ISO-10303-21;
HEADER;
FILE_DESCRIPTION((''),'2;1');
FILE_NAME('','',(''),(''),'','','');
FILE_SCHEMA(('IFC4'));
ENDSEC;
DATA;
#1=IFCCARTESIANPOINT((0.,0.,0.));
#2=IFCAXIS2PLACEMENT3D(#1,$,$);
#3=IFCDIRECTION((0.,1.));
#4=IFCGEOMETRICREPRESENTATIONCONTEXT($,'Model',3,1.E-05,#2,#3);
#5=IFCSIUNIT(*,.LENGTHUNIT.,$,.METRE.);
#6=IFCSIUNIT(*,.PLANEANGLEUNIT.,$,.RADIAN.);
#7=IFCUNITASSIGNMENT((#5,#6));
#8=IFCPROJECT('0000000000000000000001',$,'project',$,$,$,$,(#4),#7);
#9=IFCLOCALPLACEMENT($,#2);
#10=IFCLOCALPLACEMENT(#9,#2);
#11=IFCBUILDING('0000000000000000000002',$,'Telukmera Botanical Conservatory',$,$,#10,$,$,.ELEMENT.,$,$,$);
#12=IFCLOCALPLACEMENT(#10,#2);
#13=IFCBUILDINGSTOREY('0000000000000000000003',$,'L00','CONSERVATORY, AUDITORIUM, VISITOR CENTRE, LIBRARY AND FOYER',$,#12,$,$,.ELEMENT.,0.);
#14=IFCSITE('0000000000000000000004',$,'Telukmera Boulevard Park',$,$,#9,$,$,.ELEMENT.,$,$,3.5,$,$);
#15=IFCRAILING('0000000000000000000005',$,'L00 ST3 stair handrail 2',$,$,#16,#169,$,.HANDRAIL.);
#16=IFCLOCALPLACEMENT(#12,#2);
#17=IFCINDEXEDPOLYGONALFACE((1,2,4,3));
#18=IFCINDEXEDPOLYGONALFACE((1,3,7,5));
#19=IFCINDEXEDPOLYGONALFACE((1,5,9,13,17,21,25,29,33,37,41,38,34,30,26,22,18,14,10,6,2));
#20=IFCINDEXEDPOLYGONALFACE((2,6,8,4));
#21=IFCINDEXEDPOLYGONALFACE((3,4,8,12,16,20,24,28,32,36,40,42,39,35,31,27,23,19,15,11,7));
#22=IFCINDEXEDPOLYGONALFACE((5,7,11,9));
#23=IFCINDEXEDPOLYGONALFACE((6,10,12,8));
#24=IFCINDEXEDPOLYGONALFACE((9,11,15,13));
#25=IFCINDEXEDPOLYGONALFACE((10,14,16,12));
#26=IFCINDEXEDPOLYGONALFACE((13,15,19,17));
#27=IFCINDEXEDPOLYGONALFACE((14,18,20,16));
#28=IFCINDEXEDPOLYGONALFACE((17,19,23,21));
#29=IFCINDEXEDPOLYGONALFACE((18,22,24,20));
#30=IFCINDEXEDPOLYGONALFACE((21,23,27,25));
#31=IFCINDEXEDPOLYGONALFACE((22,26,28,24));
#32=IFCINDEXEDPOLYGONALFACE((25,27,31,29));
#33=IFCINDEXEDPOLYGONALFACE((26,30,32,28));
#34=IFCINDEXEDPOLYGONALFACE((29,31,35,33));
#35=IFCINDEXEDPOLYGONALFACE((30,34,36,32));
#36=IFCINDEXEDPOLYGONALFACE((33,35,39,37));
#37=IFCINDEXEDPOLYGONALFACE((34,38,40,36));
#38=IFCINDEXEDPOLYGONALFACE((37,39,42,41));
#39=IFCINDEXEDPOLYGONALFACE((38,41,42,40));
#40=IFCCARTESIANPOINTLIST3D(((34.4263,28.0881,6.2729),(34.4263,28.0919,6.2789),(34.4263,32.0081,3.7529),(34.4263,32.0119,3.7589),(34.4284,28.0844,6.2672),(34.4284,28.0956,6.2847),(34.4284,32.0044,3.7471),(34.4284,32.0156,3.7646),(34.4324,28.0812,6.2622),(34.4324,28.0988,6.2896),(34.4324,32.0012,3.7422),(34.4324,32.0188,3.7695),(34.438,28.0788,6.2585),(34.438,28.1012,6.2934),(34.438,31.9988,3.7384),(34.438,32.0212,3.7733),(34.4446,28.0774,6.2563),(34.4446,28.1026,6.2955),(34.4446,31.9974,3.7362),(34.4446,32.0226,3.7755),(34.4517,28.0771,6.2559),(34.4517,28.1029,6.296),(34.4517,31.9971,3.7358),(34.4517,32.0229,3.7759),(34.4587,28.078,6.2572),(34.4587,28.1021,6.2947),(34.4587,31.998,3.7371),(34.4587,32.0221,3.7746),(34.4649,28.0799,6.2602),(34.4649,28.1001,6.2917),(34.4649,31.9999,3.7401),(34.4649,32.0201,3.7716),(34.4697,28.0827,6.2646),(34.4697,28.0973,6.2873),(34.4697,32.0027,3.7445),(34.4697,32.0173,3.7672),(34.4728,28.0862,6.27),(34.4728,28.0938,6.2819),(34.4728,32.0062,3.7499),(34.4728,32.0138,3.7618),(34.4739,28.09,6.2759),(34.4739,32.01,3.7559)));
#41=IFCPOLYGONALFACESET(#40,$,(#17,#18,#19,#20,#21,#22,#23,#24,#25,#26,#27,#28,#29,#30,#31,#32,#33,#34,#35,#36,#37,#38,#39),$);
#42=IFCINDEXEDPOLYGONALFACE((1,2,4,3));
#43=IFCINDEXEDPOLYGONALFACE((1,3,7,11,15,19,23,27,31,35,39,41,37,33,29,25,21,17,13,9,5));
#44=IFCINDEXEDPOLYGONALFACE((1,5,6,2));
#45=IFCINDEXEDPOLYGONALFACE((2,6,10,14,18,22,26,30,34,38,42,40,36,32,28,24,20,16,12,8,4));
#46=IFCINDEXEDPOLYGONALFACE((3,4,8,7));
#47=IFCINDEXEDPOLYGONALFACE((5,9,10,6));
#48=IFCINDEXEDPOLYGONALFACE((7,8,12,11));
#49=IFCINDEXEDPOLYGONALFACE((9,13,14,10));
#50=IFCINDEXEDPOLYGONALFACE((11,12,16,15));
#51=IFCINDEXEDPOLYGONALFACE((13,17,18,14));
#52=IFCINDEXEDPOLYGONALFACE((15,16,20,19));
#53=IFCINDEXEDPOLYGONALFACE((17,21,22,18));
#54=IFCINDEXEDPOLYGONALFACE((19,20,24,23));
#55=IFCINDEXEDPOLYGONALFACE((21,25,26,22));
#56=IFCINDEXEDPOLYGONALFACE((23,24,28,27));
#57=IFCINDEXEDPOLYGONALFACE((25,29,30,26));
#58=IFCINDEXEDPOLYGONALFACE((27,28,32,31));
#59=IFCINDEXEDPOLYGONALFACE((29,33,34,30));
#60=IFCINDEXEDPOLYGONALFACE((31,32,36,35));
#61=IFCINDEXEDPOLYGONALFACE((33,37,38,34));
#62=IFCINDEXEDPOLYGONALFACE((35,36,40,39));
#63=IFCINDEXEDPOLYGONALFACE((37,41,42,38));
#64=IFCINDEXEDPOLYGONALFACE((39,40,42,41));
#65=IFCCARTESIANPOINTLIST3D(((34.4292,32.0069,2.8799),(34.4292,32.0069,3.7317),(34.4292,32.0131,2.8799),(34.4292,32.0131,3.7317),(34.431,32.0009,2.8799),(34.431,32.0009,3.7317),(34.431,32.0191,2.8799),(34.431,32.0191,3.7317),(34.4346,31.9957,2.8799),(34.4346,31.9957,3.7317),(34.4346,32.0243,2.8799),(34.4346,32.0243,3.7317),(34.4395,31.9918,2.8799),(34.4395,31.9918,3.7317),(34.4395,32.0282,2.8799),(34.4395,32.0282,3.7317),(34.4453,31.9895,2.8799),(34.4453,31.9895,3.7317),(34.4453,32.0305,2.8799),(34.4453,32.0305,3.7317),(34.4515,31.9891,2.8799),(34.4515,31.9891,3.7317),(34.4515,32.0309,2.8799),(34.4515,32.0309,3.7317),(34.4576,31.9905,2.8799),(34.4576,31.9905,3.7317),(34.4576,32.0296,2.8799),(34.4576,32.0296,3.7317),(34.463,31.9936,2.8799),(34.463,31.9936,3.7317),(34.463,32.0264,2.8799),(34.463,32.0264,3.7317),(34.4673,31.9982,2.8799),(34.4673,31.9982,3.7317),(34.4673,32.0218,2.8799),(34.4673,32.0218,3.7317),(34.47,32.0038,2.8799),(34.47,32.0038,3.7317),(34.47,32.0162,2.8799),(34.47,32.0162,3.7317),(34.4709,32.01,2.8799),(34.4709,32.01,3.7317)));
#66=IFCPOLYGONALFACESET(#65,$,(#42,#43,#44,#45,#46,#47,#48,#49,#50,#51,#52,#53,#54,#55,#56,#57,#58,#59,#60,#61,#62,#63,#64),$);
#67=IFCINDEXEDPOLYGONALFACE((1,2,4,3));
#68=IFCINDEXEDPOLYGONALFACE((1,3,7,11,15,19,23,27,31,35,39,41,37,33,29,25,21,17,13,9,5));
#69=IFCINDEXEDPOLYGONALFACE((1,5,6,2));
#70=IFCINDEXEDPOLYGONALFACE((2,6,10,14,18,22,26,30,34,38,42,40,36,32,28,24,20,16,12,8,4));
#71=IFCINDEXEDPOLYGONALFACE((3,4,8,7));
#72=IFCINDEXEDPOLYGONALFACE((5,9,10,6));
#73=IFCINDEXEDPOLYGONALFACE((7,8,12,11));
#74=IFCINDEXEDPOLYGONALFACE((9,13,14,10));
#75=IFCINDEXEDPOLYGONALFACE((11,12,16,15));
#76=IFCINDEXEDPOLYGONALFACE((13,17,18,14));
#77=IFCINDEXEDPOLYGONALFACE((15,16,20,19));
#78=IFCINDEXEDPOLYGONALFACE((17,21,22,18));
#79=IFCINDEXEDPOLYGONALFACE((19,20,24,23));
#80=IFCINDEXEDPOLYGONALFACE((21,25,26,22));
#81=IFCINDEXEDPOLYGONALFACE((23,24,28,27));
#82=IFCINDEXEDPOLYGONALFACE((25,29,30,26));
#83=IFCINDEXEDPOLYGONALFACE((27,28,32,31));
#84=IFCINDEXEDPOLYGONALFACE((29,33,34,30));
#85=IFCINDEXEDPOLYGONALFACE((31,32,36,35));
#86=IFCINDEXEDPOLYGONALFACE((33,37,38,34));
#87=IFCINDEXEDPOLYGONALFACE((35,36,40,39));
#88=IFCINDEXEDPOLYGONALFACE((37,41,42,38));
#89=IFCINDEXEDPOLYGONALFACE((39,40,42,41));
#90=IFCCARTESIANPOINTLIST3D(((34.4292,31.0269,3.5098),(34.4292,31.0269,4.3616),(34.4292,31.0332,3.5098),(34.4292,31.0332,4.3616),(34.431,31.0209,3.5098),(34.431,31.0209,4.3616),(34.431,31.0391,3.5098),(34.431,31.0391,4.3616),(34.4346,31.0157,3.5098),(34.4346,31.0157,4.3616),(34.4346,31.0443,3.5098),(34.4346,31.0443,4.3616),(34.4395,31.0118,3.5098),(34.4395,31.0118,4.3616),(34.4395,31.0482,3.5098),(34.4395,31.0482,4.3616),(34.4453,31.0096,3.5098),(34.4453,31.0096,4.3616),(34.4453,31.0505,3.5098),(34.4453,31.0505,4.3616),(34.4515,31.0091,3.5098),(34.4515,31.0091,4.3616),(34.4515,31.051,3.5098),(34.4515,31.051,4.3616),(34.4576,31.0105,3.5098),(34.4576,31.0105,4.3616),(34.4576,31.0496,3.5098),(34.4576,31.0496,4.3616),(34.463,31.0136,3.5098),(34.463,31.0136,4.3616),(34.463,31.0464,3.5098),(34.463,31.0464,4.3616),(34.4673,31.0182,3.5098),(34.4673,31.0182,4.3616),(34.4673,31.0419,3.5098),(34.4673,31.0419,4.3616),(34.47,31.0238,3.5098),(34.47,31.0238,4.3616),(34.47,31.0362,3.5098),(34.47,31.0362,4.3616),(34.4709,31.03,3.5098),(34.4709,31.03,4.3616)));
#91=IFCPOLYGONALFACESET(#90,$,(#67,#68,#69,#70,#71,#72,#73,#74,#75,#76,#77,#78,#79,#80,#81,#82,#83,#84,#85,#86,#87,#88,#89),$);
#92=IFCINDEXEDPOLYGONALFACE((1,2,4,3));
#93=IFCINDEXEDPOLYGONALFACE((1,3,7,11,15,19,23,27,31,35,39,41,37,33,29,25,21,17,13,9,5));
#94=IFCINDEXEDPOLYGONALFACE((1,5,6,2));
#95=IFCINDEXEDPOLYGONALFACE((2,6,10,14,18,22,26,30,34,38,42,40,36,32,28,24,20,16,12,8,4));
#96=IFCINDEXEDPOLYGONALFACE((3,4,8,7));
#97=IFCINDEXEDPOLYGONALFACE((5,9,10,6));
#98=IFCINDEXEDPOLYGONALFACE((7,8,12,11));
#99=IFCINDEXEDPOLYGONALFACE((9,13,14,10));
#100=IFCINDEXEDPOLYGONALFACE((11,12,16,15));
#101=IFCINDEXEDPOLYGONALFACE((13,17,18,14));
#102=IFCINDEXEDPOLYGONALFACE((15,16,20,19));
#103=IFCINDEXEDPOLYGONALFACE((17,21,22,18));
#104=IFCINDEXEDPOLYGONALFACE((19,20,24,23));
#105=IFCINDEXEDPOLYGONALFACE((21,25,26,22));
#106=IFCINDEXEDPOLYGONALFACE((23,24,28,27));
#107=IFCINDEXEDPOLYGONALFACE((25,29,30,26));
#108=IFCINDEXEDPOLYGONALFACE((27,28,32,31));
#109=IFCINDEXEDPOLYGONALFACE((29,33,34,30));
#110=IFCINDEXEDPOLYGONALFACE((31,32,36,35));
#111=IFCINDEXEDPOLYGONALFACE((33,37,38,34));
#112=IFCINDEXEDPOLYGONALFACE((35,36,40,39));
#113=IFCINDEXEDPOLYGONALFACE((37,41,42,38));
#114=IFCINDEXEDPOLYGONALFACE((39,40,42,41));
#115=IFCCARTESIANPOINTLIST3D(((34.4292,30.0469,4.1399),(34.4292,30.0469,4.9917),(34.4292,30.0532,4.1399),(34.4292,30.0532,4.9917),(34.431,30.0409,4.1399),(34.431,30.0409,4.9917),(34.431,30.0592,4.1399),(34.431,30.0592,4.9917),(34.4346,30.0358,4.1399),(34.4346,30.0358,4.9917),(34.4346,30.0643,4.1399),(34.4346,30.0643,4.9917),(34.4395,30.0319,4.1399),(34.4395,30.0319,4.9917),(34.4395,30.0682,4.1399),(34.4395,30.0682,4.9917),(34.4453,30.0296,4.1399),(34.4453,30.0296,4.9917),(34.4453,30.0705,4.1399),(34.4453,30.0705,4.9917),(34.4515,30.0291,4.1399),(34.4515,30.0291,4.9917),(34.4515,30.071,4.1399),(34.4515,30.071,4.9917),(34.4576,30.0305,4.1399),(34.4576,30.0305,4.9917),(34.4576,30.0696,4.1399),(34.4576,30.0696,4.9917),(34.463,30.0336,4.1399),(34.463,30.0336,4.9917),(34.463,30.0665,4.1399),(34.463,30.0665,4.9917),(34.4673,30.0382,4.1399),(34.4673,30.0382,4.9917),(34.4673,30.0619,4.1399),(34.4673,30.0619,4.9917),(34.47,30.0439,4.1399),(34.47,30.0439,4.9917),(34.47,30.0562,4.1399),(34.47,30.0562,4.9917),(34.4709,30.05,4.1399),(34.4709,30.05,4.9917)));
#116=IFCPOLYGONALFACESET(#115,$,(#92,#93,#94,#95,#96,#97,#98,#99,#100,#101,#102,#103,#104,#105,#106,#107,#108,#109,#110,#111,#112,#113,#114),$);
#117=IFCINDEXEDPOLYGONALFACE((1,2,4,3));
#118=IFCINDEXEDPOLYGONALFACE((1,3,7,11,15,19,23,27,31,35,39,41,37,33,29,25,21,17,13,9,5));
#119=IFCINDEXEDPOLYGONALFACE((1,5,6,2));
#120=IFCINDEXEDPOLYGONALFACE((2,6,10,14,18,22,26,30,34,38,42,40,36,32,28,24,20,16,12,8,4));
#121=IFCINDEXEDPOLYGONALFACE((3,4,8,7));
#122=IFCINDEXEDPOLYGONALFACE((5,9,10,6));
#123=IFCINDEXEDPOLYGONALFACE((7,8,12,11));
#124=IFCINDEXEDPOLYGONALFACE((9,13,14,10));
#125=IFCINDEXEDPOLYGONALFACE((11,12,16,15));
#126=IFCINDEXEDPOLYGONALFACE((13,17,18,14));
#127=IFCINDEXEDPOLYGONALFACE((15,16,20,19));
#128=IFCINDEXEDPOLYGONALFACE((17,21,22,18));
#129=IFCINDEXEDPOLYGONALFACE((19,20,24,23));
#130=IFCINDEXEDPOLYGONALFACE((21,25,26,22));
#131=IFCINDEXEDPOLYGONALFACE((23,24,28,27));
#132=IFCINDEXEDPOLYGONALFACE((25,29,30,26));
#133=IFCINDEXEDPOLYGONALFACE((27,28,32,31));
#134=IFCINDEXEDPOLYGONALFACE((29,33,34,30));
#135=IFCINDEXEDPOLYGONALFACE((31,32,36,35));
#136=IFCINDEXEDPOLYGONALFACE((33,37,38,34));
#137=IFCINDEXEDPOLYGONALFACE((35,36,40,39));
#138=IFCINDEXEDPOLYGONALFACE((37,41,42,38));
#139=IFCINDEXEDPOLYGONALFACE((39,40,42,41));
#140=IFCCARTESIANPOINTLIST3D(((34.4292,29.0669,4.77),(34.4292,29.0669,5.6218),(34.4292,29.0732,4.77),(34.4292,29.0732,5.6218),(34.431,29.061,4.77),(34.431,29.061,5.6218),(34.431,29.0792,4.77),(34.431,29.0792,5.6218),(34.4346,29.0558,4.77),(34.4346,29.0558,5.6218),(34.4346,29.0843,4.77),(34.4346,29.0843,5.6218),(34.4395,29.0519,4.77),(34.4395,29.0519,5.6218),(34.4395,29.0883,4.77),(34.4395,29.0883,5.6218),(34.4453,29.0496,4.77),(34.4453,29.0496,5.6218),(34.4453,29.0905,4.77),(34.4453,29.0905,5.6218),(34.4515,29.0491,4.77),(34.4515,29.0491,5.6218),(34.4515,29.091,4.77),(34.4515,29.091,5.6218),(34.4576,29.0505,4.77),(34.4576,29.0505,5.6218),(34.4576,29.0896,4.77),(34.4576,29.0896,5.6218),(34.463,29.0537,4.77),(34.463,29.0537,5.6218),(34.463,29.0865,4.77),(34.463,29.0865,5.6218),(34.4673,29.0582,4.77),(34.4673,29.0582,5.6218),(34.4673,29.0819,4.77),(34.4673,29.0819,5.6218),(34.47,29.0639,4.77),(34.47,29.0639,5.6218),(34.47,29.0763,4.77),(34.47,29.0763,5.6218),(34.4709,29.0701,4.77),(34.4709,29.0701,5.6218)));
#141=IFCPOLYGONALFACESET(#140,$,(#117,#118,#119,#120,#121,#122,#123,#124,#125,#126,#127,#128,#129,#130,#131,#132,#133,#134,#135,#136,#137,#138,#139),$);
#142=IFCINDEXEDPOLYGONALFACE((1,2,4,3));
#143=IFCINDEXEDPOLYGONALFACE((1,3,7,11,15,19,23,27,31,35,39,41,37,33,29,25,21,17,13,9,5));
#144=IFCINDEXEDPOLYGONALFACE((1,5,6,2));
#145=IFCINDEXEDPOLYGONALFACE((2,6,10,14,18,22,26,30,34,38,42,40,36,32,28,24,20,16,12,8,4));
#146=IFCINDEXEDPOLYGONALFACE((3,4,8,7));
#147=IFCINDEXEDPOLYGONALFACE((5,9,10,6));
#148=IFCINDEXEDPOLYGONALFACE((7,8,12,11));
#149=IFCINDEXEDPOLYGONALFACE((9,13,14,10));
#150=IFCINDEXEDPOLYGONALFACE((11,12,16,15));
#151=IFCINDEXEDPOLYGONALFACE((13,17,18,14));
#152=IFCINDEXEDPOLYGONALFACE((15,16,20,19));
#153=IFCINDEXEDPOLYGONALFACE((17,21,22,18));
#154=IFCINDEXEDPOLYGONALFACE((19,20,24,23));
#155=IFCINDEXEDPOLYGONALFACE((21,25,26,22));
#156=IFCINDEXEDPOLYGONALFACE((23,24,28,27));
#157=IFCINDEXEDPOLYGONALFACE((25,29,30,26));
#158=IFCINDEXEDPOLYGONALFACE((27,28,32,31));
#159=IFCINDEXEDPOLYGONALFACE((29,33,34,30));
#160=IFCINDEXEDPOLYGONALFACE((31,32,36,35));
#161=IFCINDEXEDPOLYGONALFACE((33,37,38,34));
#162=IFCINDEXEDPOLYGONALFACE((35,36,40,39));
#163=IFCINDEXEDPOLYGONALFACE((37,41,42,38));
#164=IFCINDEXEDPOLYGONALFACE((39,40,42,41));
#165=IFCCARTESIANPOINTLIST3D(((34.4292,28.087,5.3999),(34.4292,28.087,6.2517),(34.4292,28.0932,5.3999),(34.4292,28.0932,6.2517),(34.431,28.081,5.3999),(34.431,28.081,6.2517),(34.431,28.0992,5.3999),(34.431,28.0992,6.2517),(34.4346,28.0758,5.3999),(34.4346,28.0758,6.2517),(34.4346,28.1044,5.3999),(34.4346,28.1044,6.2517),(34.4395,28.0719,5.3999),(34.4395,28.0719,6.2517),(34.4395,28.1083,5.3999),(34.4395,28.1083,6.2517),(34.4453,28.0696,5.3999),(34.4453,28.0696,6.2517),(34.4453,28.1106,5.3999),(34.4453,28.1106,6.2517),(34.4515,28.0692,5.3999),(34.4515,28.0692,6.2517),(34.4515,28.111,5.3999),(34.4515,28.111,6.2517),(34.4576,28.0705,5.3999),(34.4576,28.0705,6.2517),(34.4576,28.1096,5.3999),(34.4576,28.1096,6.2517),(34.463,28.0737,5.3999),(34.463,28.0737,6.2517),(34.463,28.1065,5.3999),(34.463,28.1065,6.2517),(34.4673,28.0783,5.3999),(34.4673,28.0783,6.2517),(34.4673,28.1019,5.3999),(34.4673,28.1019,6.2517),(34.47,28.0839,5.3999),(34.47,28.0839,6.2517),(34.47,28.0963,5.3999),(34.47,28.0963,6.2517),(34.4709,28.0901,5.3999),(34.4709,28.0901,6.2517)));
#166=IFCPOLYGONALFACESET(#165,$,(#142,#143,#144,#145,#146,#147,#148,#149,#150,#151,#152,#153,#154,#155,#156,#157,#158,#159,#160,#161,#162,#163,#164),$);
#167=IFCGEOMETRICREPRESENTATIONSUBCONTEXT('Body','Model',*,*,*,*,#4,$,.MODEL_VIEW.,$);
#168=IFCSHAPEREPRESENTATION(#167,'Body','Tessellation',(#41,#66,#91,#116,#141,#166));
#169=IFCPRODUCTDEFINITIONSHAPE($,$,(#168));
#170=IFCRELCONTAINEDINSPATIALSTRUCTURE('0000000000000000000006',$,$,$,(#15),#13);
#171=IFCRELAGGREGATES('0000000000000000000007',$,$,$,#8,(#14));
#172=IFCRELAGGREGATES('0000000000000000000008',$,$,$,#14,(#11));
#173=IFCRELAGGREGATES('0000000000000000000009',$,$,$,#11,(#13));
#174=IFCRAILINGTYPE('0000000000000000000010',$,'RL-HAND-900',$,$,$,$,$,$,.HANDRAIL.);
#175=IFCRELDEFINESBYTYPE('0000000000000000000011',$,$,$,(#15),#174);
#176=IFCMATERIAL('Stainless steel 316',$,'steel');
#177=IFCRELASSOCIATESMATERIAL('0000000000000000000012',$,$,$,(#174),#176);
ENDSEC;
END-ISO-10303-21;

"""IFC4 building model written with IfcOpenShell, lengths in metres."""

from ifc_helpers import new_model, si_unit, direction, frame, origin, origin_2d, place, context, subcontext, project, spatial, circle, extrude, material, type_object, element, save


model = new_model("IFC4")

# Units and contexts
model_context = context("Model", 3, precision=1e-05, world=origin(), true_north=direction((0.0, 1.0)))
body_context = subcontext(model_context, "Body", "Model", "MODEL_VIEW")
ifc_project = project(units=[si_unit("LENGTHUNIT", "METRE"), si_unit("PLANEANGLEUNIT", "RADIAN")], contexts=[model_context])

# Site, building, storey
site_placement = place(None, origin())
site = spatial("IfcSite", under=ifc_project, at=site_placement, Name="Telukmera Boulevard Park", CompositionType="ELEMENT", RefElevation=3.5)
building_placement = place(site_placement, origin())
building = spatial("IfcBuilding", under=site, at=building_placement, Name="Telukmera Botanical Conservatory", CompositionType="ELEMENT")
storey_placement = place(building_placement, origin())
storey = spatial("IfcBuildingStorey", under=building, at=storey_placement, Name="L00", Description="CONSERVATORY, AUDITORIUM, VISITOR CENTRE, LIBRARY AND FOYER", CompositionType="ELEMENT", Elevation=0.0)

# Railing
ifc_material_1 = material(Name="Stainless steel 316", Category="steel")
railing_type_1 = type_object("IfcRailingType", Name="RL-HAND-900", PredefinedType="HANDRAIL", material=ifc_material_1)
railing_1_placement = place(storey_placement, frame((34.45, 32.01, 2.8799)))
element("IfcRailing", 1, at=railing_1_placement, inside=storey, type_object=railing_type_1, Name="L00 ST3 stair handrail 2", PredefinedType="HANDRAIL", context=body_context, shape_type="SweptSolid", body=[
    extrude(circle(Radius=0.0239, at=origin_2d()), frame((0.0, 0.0, 0.876), z_axis=(0.0, -0.841172, 0.540768), x_axis=(1.0, 0.0, 0.0)), (0.0, 0.0, 1.0), 4.6602),
    extrude(circle(Radius=0.021, at=origin_2d()), origin(), (0.0, 0.0, 1.0), 0.8518),
    extrude(circle(Radius=0.021, at=origin_2d()), frame((0.0, -0.98, 0.6299)), (0.0, 0.0, 1.0), 0.8518),
    extrude(circle(Radius=0.021, at=origin_2d()), frame((0.0, -1.96, 1.26)), (0.0, 0.0, 1.0), 0.8518),
    extrude(circle(Radius=0.021, at=origin_2d()), frame((0.0, -2.9399, 1.8901)), (0.0, 0.0, 1.0), 0.8518),
    extrude(circle(Radius=0.021, at=origin_2d()), frame((0.0, -3.9199, 2.52)), (0.0, 0.0, 1.0), 0.8518),
])

save(model, "model.ifc")
